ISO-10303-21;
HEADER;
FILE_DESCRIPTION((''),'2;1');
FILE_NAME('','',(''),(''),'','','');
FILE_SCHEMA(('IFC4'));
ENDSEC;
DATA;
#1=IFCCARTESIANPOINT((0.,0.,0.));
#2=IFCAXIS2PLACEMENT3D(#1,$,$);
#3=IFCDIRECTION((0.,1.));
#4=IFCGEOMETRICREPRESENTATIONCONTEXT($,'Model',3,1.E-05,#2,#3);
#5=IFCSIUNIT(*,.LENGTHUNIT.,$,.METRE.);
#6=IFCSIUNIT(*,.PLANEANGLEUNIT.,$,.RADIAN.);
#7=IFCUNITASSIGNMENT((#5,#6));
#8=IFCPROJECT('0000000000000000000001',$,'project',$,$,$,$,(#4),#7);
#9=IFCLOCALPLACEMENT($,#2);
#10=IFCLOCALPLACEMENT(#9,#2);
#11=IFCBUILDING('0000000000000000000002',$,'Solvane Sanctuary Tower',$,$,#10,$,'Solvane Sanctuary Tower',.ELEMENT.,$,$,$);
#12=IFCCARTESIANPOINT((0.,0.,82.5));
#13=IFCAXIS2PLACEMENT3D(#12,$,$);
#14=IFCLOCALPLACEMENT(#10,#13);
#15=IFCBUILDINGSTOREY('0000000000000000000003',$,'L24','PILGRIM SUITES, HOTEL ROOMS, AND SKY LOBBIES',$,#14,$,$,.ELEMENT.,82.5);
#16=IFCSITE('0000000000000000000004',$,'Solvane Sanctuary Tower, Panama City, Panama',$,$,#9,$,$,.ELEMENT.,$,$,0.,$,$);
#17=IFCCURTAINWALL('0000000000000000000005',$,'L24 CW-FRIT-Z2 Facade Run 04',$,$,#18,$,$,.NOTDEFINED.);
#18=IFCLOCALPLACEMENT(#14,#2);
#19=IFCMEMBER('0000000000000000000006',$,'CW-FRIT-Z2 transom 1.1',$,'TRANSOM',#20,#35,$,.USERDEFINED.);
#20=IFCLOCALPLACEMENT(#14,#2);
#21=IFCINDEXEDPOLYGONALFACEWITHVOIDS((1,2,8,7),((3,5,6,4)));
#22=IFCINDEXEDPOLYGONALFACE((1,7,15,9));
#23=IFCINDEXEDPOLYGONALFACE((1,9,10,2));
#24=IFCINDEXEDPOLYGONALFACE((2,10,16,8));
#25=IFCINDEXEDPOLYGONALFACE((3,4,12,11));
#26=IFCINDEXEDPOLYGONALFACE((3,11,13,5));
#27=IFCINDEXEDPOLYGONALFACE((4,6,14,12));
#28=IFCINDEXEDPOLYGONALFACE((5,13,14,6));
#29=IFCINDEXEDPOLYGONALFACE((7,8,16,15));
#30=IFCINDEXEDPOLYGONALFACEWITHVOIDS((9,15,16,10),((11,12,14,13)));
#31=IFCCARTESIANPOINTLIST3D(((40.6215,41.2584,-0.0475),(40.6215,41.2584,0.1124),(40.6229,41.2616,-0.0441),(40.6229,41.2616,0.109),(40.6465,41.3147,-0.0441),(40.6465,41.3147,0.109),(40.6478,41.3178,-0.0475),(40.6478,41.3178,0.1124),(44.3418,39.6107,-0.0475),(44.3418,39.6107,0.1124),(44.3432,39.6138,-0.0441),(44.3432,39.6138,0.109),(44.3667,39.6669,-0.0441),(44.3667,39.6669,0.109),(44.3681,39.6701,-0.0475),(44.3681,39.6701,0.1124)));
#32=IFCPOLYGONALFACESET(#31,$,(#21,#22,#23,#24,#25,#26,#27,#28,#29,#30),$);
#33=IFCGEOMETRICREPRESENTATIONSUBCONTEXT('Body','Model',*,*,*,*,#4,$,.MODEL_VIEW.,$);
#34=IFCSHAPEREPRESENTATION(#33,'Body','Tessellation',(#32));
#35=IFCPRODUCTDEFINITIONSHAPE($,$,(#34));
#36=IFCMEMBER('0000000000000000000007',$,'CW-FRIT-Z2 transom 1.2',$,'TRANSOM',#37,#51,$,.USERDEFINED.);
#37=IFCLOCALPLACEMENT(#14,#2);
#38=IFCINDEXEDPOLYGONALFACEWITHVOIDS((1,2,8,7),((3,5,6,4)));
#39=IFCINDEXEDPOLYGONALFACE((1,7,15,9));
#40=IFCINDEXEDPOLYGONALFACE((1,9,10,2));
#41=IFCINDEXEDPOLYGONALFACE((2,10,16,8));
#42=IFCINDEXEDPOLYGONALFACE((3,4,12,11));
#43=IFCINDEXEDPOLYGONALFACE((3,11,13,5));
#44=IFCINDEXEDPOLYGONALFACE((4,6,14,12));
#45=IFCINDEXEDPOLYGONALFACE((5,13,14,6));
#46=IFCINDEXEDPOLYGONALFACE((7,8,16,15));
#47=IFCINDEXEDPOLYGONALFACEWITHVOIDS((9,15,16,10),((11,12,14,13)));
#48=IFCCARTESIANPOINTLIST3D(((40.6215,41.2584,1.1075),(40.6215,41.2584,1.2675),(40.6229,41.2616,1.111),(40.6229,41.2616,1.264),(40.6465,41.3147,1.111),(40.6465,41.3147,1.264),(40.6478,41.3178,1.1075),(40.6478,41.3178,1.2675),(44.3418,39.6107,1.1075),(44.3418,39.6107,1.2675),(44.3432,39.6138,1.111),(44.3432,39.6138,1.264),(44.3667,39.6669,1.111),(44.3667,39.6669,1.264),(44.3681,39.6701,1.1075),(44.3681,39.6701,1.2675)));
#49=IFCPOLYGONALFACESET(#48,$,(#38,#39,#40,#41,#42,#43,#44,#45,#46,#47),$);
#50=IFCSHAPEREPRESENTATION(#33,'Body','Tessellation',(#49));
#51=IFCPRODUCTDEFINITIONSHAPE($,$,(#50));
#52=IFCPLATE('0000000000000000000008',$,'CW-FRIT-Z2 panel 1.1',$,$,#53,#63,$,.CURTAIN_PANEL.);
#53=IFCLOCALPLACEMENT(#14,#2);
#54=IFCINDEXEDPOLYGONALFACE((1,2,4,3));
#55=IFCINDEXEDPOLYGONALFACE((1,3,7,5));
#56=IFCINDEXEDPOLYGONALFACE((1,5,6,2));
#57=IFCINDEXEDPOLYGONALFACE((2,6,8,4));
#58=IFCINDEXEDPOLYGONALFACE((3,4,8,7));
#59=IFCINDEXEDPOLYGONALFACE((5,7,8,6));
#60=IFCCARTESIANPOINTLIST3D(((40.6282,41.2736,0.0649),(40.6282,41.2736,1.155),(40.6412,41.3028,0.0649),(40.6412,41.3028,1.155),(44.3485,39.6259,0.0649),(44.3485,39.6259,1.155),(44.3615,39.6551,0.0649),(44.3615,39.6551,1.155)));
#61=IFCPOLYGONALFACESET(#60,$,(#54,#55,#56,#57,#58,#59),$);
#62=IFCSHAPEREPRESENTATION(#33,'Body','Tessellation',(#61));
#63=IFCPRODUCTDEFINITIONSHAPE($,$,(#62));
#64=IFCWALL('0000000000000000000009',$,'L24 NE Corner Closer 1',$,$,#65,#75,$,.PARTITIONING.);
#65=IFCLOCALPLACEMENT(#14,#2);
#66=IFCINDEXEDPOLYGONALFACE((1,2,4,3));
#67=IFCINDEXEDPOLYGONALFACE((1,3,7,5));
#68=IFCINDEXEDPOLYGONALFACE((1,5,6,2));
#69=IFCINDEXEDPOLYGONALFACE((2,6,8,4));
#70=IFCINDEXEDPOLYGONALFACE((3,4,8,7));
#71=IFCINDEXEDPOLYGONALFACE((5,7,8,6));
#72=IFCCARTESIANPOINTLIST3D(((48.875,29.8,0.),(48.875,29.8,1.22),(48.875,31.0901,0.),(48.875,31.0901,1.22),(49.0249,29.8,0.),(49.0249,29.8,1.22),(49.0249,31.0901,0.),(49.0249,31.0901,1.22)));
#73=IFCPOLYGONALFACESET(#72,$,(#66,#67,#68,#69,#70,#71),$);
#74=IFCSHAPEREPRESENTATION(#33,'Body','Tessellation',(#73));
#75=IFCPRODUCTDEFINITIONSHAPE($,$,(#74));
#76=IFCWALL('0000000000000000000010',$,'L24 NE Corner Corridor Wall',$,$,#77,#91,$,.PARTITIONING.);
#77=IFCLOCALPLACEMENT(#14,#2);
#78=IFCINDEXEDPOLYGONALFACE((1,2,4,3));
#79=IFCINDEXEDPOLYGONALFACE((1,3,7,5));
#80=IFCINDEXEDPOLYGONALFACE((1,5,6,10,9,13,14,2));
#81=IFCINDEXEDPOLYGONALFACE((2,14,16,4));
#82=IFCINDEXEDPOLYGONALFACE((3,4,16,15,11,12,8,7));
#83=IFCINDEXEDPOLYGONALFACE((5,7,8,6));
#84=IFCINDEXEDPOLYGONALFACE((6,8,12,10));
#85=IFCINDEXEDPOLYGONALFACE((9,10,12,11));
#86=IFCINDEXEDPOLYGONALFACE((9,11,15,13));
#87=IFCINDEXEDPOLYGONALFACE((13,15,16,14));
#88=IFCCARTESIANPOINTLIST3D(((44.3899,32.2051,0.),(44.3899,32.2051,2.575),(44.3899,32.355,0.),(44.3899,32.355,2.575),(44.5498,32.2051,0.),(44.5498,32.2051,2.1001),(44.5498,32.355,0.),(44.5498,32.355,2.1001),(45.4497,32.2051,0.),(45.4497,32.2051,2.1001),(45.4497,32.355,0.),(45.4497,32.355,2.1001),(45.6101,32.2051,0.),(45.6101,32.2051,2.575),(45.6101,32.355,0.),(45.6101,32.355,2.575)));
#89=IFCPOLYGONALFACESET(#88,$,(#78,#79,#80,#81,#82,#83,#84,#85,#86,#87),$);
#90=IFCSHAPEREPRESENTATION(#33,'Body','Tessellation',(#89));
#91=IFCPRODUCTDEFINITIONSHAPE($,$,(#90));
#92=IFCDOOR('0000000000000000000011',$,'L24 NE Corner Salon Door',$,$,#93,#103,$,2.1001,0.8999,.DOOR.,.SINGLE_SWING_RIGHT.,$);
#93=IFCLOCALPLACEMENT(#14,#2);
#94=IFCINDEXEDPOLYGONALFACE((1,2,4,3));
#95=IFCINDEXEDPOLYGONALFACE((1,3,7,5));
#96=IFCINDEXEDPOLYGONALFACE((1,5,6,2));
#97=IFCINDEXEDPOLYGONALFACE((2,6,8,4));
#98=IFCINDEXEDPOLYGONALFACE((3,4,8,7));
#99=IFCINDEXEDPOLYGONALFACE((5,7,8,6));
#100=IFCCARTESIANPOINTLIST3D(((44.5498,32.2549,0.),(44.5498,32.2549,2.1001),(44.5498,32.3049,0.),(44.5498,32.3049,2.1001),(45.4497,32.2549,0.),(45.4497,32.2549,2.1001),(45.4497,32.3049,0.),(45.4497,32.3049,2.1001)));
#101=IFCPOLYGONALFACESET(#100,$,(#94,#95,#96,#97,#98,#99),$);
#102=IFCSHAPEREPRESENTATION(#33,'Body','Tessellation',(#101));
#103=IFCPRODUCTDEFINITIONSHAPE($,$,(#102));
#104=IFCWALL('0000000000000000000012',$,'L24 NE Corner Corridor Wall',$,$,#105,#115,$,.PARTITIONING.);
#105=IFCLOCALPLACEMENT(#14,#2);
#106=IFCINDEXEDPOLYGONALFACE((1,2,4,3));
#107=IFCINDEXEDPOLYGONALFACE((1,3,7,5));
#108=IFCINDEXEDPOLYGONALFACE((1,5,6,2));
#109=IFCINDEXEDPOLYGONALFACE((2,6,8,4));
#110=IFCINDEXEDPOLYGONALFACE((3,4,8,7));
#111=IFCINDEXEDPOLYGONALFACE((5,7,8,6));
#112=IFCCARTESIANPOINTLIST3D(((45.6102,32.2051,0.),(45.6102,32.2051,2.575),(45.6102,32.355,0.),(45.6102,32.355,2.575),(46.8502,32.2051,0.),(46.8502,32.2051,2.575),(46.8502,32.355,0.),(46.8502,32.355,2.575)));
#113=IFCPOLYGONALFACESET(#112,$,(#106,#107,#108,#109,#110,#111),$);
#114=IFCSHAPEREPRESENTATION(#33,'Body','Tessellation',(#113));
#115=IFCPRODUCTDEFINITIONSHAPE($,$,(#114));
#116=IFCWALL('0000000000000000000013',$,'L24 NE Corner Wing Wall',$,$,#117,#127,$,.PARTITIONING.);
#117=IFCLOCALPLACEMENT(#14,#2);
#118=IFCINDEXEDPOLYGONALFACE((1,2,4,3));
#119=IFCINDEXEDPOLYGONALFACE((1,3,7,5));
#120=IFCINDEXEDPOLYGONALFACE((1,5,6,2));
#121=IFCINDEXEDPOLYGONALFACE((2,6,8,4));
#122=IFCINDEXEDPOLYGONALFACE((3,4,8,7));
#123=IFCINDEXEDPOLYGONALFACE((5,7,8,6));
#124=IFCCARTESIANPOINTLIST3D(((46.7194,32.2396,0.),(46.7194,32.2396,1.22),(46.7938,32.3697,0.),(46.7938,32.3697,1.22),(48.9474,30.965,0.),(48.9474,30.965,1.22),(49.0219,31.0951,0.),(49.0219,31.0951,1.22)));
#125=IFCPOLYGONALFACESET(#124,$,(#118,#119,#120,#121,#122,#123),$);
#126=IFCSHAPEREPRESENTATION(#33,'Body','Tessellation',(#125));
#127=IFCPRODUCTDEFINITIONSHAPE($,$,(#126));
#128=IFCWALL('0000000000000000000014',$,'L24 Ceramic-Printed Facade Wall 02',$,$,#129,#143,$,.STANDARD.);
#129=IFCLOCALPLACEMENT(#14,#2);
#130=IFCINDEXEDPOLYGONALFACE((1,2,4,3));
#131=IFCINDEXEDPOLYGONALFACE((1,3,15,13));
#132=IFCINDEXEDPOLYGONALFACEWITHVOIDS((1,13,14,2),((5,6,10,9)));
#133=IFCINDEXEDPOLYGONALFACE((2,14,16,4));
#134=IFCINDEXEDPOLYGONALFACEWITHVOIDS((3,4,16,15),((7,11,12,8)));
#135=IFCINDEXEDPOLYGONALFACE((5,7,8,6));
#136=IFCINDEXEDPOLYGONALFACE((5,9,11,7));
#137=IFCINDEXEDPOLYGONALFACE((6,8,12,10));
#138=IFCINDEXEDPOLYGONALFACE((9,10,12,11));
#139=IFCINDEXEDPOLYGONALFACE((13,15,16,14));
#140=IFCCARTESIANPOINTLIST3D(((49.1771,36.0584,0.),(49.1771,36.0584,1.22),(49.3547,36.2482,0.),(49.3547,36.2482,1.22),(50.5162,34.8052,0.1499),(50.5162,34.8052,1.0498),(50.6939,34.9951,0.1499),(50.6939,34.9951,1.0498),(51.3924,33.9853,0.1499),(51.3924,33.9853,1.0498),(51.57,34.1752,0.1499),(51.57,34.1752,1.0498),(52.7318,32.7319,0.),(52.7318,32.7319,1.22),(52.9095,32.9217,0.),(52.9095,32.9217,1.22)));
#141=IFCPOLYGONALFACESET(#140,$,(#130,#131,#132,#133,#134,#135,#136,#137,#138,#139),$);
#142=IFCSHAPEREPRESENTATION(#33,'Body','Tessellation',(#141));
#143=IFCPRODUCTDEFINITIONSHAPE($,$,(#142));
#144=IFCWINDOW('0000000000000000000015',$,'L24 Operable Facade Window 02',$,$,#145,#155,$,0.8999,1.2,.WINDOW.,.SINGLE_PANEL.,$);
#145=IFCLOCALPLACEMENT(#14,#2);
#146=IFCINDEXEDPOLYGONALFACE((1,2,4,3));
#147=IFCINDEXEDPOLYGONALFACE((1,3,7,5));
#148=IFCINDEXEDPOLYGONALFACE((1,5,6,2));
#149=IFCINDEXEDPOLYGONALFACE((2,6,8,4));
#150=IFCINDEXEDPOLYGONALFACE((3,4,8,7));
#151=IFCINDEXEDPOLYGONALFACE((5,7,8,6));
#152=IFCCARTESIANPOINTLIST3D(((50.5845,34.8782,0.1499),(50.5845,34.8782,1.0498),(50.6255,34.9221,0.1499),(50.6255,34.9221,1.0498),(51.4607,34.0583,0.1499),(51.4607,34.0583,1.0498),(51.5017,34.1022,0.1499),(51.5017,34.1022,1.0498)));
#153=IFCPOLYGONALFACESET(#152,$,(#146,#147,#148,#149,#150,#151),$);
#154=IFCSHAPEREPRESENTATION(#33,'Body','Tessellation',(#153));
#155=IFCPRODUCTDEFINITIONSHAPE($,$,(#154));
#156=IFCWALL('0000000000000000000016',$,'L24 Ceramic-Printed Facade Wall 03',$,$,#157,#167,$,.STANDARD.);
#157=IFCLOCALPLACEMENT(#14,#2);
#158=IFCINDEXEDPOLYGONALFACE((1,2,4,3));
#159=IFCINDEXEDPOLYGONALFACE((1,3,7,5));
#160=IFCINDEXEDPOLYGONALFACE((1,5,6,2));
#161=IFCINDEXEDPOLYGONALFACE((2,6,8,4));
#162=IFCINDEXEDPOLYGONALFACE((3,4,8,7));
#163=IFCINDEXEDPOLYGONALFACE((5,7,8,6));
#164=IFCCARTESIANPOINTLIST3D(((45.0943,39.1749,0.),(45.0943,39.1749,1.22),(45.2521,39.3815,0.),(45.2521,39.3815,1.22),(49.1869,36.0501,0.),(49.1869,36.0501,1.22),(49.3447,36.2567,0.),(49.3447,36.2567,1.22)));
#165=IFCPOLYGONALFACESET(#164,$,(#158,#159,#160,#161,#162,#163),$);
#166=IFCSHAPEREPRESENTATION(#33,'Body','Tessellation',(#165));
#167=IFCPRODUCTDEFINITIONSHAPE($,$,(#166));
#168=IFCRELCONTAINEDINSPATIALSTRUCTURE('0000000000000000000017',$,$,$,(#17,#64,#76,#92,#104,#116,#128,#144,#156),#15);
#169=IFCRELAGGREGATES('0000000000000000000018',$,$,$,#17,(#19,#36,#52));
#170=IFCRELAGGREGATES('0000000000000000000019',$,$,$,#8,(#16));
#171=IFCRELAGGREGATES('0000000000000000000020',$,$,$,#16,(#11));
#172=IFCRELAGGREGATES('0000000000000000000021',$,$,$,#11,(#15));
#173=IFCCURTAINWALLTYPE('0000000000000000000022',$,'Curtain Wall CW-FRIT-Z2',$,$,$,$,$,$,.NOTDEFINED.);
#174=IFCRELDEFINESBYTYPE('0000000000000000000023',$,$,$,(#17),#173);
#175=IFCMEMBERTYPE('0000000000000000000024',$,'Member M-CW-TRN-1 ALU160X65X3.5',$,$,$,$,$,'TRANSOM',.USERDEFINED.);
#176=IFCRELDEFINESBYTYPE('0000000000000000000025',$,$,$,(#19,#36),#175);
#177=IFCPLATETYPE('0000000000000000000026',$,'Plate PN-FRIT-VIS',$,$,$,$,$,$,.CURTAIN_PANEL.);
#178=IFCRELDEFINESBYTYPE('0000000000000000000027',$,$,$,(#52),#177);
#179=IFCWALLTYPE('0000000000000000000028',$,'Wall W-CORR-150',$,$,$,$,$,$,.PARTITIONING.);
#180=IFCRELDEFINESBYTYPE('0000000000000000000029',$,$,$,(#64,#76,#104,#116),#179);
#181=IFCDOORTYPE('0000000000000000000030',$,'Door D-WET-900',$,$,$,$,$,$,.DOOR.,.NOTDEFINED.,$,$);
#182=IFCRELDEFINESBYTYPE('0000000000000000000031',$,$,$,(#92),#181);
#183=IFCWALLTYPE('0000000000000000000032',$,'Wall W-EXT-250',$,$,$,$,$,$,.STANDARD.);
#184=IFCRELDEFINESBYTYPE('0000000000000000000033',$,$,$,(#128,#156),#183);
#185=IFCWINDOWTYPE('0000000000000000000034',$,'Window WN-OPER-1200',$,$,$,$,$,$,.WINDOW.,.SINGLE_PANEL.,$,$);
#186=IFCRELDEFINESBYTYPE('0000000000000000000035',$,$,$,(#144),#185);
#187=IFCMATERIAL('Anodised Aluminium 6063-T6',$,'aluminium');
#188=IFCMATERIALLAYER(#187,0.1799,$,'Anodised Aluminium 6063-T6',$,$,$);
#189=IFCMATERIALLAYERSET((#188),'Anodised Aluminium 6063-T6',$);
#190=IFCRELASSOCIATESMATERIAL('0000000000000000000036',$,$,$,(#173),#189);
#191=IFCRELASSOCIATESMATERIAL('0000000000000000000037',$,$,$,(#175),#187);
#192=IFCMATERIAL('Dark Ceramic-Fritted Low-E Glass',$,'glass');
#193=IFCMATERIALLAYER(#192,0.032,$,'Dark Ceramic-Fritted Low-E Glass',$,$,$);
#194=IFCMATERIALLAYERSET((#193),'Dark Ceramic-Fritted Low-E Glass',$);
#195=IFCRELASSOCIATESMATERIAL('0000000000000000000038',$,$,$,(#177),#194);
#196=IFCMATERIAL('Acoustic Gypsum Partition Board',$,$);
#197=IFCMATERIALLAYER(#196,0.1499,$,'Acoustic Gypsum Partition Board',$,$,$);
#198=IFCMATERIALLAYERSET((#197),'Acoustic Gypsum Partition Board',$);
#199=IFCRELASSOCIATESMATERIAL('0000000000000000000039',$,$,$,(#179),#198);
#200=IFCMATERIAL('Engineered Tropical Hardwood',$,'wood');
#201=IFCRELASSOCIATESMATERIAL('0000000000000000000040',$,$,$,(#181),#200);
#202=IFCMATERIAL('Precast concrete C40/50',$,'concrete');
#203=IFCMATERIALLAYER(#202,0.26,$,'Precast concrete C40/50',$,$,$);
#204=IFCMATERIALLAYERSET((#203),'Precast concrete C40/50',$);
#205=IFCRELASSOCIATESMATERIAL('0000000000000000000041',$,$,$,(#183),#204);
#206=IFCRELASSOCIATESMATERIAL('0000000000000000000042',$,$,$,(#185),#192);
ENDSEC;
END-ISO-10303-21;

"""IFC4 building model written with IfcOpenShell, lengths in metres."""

from ifc_helpers import new_model, si_unit, direction, frame, frame_2d, origin, origin_2d, place, context, subcontext, project, spatial, rectangle, hollow_rectangle, extrude, material, layer, layer_set, material_profile, profile_set, type_object, element, fill, aggregate, save


model = new_model("IFC4")

# Units and contexts
model_context = context("Model", 3, precision=1e-05, world=origin(), true_north=direction((0.0, 1.0)))
body_context = subcontext(model_context, "Body", "Model", "MODEL_VIEW")
ifc_project = project(units=[si_unit("LENGTHUNIT", "METRE"), si_unit("PLANEANGLEUNIT", "RADIAN")], contexts=[model_context])

# Site, building, storey
site_placement = place(None, origin())
site = spatial("IfcSite", under=ifc_project, at=site_placement, Name="Solvane Sanctuary Tower, Panama City, Panama", CompositionType="ELEMENT", RefElevation=0.0)
building_placement = place(site_placement, origin())
building = spatial("IfcBuilding", under=site, at=building_placement, Name="Solvane Sanctuary Tower", LongName="Solvane Sanctuary Tower", CompositionType="ELEMENT")
storey_placement = place(building_placement, frame((0.0, 0.0, 82.5)))
storey = spatial("IfcBuildingStorey", under=building, at=storey_placement, Name="L24", Description="PILGRIM SUITES, HOTEL ROOMS, AND SKY LOBBIES", CompositionType="ELEMENT", Elevation=82.5)

# Curtain wall, members, plate
ifc_material_1 = material(Name="Anodised Aluminium 6063-T6", Category="aluminium")
ifc_layer_1 = layer(ifc_material_1, 0.1799, Name="Anodised Aluminium 6063-T6")
ifc_layer_set_1 = layer_set([ifc_layer_1], Name="Anodised Aluminium 6063-T6")
curtain_wall_type = type_object("IfcCurtainWallType", Name="Curtain Wall CW-FRIT-Z2", PredefinedType="NOTDEFINED", material=ifc_layer_set_1)
curtain_wall_placement = place(storey_placement, origin())
curtain_wall = element("IfcCurtainWall", 1, at=curtain_wall_placement, inside=storey, type_object=curtain_wall_type, Name="L24 CW-FRIT-Z2 Facade Run 04", PredefinedType="NOTDEFINED")
ifc_material_profile_1 = material_profile(ifc_material_1, hollow_rectangle(XDim=0.0649, YDim=0.1599, WallThickness=0.0034, at=origin_2d()), Name="ALU160X65X3.5")
ifc_profile_set_1 = profile_set([ifc_material_profile_1], Name="Anodised Aluminium 6063-T6")
member_type_1 = type_object("IfcMemberType", Name="Member M-CW-TRN-1 ALU160X65X3.5", ElementType="TRANSOM", PredefinedType="USERDEFINED", material=ifc_profile_set_1)
member_1_placement = place(storey_placement, frame((44.355, 39.6404, 0.0325), z_axis=(-0.914333, 0.404963, 0.0), x_axis=(-0.404963, -0.914333, 0.0)))
member_1 = element("IfcMember", 2, at=member_1_placement, type_object=member_type_1, Name="CW-FRIT-Z2 transom 1.1", ObjectType="TRANSOM", PredefinedType="USERDEFINED", context=body_context, shape_type="SweptSolid", body=[
    extrude(hollow_rectangle(XDim=0.0649, YDim=0.1599, WallThickness=0.0034, at=origin_2d()), origin(), (0.0, 0.0, 1.0), 4.0688),
])
member_2_placement = place(storey_placement, frame((44.355, 39.6404, 1.1875), z_axis=(-0.914333, 0.404963, 0.0), x_axis=(-0.404963, -0.914333, 0.0)))
member_2 = element("IfcMember", 3, at=member_2_placement, type_object=member_type_1, Name="CW-FRIT-Z2 transom 1.2", ObjectType="TRANSOM", PredefinedType="USERDEFINED", context=body_context, shape_type="SweptSolid", body=[
    extrude(hollow_rectangle(XDim=0.0649, YDim=0.1599, WallThickness=0.0034, at=origin_2d()), origin(), (0.0, 0.0, 1.0), 4.0688),
])
ifc_material_2 = material(Name="Dark Ceramic-Fritted Low-E Glass", Category="glass")
ifc_layer_2 = layer(ifc_material_2, 0.032, Name="Dark Ceramic-Fritted Low-E Glass")
ifc_layer_set_2 = layer_set([ifc_layer_2], Name="Dark Ceramic-Fritted Low-E Glass")
plate_type = type_object("IfcPlateType", Name="Plate PN-FRIT-VIS", PredefinedType="CURTAIN_PANEL", material=ifc_layer_set_2)
plate_placement = place(storey_placement, frame((42.4949, 40.4644, 0.0649), z_axis=(0.0, 0.0, 1.0), x_axis=(-0.914339, 0.404951, 0.0)))
plate = element("IfcPlate", 4, at=plate_placement, type_object=plate_type, Name="CW-FRIT-Z2 panel 1.1", PredefinedType="CURTAIN_PANEL", context=body_context, shape_type="SweptSolid", body=[
    extrude(rectangle(XDim=4.0688, YDim=0.032, at=origin_2d()), origin(), (0.0, 0.0, 1.0), 1.0901),
])
aggregate(curtain_wall, [member_1, member_2, plate])

# Wall
ifc_material_3 = material(Name="Acoustic Gypsum Partition Board")
ifc_layer_3 = layer(ifc_material_3, 0.1499, Name="Acoustic Gypsum Partition Board")
ifc_layer_set_3 = layer_set([ifc_layer_3], Name="Acoustic Gypsum Partition Board")
wall_type_1 = type_object("IfcWallType", Name="Wall W-CORR-150", PredefinedType="PARTITIONING", material=ifc_layer_set_3)
wall_1_placement = place(storey_placement, frame((48.95, 29.8, 0.0), z_axis=(0.0, 0.0, 1.0), x_axis=(0.0, 1.0, 0.0)))
element("IfcWall", 5, at=wall_1_placement, inside=storey, type_object=wall_type_1, Name="L24 NE Corner Closer 1", PredefinedType="PARTITIONING", context=body_context, shape_type="SweptSolid", body=[
    extrude(rectangle(XDim=1.29, YDim=0.1499, at=frame_2d((0.645, 0.0))), origin(), (0.0, 0.0, 1.0), 1.22),
])

# Wall, opening, door
wall_2_placement = place(storey_placement, frame((44.3899, 32.28, 0.0), z_axis=(0.0, 0.0, 1.0), x_axis=(1.0, 0.0, 0.0)))
wall_2 = element("IfcWall", 6, at=wall_2_placement, inside=storey, type_object=wall_type_1, Name="L24 NE Corner Corridor Wall", PredefinedType="PARTITIONING", context=body_context, shape_type="SweptSolid", body=[
    extrude(rectangle(XDim=1.2202, YDim=0.1499, at=frame_2d((0.6101, 0.0))), origin(), (0.0, 0.0, 1.0), 2.575),
])
opening_1_placement = place(wall_2_placement, frame((0.1599, 0.0, 0.0)))
opening_1 = element("IfcOpeningElement", 7, at=opening_1_placement, cuts=wall_2, PredefinedType="OPENING", context=body_context, shape_type="SweptSolid", body=[
    extrude(rectangle(XDim=0.8999, YDim=2.1001, at=frame_2d((0.45, 1.05))), frame((0.0, 0.085, 0.0), z_axis=(0.0, -1.0, 0.0), x_axis=(1.0, 0.0, 0.0)), (0.0, 0.0, 1.0), 0.1699),
])
ifc_material_4 = material(Name="Engineered Tropical Hardwood", Category="wood")
door_type_1 = type_object("IfcDoorType", Name="Door D-WET-900", OperationType="NOTDEFINED", PredefinedType="DOOR", material=ifc_material_4)
door_1_placement = place(opening_1_placement, origin())
door_1 = element("IfcDoor", 8, at=door_1_placement, inside=storey, type_object=door_type_1, Name="L24 NE Corner Salon Door", OperationType="SINGLE_SWING_RIGHT", OverallHeight=2.1001, OverallWidth=0.8999, PredefinedType="DOOR", context=body_context, shape_type="SweptSolid", body=[
    extrude(rectangle(XDim=0.8999, YDim=2.1001, at=frame_2d((0.45, 1.05))), frame((0.0, 0.0249, 0.0), z_axis=(0.0, -1.0, 0.0), x_axis=(1.0, 0.0, 0.0)), (0.0, 0.0, 1.0), 0.05),
])
fill(opening_1, door_1)

# Walls
wall_3_placement = place(storey_placement, frame((45.6101, 32.28, 0.0), z_axis=(0.0, 0.0, 1.0), x_axis=(1.0, 0.0, 0.0)))
element("IfcWall", 9, at=wall_3_placement, inside=storey, type_object=wall_type_1, Name="L24 NE Corner Corridor Wall", PredefinedType="PARTITIONING", context=body_context, shape_type="SweptSolid", body=[
    extrude(rectangle(XDim=1.24, YDim=0.1499, at=frame_2d((0.6201, 0.0))), origin(), (0.0, 0.0, 1.0), 2.575),
])
wall_4_placement = place(storey_placement, frame((46.7566, 32.3047, 0.0), z_axis=(0.0, 0.0, 1.0), x_axis=(0.867991, -0.496579, 0.0)))
element("IfcWall", 10, at=wall_4_placement, inside=storey, type_object=wall_type_1, Name="L24 NE Corner Wing Wall", PredefinedType="PARTITIONING", context=body_context, shape_type="SweptSolid", body=[
    extrude(rectangle(XDim=2.5669, YDim=0.1499, at=frame_2d((1.2834, 0.0))), origin(), (0.0, 0.0, 1.0), 1.22),
])

# Wall, opening, window
ifc_material_5 = material(Name="Precast concrete C40/50", Category="concrete")
ifc_layer_4 = layer(ifc_material_5, 0.26, Name="Precast concrete C40/50")
ifc_layer_set_4 = layer_set([ifc_layer_4], Name="Precast concrete C40/50")
wall_type_2 = type_object("IfcWallType", Name="Wall W-EXT-250", PredefinedType="STANDARD", material=ifc_layer_set_4)
wall_5_placement = place(storey_placement, frame((52.8206, 32.8269, 0.0), z_axis=(0.0, 0.0, 1.0), x_axis=(-0.730162, 0.683274, 0.0)))
wall_5 = element("IfcWall", 11, at=wall_5_placement, inside=storey, type_object=wall_type_2, Name="L24 Ceramic-Printed Facade Wall 02", PredefinedType="STANDARD", context=body_context, shape_type="SweptSolid", body=[
    extrude(rectangle(XDim=4.8684, YDim=0.26, at=frame_2d((2.4341, 0.0))), origin(), (0.0, 0.0, 1.0), 1.22),
])
opening_2_placement = place(wall_5_placement, frame((1.8342, 0.0, 0.1499)))
opening_2 = element("IfcOpeningElement", 12, at=opening_2_placement, cuts=wall_5, PredefinedType="OPENING", context=body_context, shape_type="SweptSolid", body=[
    extrude(rectangle(XDim=1.2, YDim=0.8999, at=frame_2d((0.6001, 0.45))), frame((0.0, 0.1399, 0.0), z_axis=(0.0, -1.0, 0.0), x_axis=(1.0, 0.0, 0.0)), (0.0, 0.0, 1.0), 0.28),
])
window_type = type_object("IfcWindowType", Name="Window WN-OPER-1200", PartitioningType="SINGLE_PANEL", PredefinedType="WINDOW", material=ifc_material_2)
window_placement = place(opening_2_placement, origin())
window = element("IfcWindow", 13, at=window_placement, inside=storey, type_object=window_type, Name="L24 Operable Facade Window 02", OverallHeight=0.8999, OverallWidth=1.2, PartitioningType="SINGLE_PANEL", PredefinedType="WINDOW", context=body_context, shape_type="SweptSolid", body=[
    extrude(rectangle(XDim=1.2, YDim=0.8999, at=frame_2d((0.6001, 0.45))), frame((0.0, 0.03, 0.0), z_axis=(0.0, -1.0, 0.0), x_axis=(1.0, 0.0, 0.0)), (0.0, 0.0, 1.0), 0.0601),
])
fill(opening_2, window)

# Wall
wall_6_placement = place(storey_placement, frame((49.2659, 36.1533, 0.0), z_axis=(0.0, 0.0, 1.0), x_axis=(-0.79481, 0.606859, 0.0)))
element("IfcWall", 14, at=wall_6_placement, inside=storey, type_object=wall_type_2, Name="L24 Ceramic-Printed Facade Wall 03", PredefinedType="STANDARD", context=body_context, shape_type="SweptSolid", body=[
    extrude(rectangle(XDim=5.1492, YDim=0.26, at=frame_2d((2.5747, 0.0))), origin(), (0.0, 0.0, 1.0), 1.22),
])

save(model, "model.ifc")
